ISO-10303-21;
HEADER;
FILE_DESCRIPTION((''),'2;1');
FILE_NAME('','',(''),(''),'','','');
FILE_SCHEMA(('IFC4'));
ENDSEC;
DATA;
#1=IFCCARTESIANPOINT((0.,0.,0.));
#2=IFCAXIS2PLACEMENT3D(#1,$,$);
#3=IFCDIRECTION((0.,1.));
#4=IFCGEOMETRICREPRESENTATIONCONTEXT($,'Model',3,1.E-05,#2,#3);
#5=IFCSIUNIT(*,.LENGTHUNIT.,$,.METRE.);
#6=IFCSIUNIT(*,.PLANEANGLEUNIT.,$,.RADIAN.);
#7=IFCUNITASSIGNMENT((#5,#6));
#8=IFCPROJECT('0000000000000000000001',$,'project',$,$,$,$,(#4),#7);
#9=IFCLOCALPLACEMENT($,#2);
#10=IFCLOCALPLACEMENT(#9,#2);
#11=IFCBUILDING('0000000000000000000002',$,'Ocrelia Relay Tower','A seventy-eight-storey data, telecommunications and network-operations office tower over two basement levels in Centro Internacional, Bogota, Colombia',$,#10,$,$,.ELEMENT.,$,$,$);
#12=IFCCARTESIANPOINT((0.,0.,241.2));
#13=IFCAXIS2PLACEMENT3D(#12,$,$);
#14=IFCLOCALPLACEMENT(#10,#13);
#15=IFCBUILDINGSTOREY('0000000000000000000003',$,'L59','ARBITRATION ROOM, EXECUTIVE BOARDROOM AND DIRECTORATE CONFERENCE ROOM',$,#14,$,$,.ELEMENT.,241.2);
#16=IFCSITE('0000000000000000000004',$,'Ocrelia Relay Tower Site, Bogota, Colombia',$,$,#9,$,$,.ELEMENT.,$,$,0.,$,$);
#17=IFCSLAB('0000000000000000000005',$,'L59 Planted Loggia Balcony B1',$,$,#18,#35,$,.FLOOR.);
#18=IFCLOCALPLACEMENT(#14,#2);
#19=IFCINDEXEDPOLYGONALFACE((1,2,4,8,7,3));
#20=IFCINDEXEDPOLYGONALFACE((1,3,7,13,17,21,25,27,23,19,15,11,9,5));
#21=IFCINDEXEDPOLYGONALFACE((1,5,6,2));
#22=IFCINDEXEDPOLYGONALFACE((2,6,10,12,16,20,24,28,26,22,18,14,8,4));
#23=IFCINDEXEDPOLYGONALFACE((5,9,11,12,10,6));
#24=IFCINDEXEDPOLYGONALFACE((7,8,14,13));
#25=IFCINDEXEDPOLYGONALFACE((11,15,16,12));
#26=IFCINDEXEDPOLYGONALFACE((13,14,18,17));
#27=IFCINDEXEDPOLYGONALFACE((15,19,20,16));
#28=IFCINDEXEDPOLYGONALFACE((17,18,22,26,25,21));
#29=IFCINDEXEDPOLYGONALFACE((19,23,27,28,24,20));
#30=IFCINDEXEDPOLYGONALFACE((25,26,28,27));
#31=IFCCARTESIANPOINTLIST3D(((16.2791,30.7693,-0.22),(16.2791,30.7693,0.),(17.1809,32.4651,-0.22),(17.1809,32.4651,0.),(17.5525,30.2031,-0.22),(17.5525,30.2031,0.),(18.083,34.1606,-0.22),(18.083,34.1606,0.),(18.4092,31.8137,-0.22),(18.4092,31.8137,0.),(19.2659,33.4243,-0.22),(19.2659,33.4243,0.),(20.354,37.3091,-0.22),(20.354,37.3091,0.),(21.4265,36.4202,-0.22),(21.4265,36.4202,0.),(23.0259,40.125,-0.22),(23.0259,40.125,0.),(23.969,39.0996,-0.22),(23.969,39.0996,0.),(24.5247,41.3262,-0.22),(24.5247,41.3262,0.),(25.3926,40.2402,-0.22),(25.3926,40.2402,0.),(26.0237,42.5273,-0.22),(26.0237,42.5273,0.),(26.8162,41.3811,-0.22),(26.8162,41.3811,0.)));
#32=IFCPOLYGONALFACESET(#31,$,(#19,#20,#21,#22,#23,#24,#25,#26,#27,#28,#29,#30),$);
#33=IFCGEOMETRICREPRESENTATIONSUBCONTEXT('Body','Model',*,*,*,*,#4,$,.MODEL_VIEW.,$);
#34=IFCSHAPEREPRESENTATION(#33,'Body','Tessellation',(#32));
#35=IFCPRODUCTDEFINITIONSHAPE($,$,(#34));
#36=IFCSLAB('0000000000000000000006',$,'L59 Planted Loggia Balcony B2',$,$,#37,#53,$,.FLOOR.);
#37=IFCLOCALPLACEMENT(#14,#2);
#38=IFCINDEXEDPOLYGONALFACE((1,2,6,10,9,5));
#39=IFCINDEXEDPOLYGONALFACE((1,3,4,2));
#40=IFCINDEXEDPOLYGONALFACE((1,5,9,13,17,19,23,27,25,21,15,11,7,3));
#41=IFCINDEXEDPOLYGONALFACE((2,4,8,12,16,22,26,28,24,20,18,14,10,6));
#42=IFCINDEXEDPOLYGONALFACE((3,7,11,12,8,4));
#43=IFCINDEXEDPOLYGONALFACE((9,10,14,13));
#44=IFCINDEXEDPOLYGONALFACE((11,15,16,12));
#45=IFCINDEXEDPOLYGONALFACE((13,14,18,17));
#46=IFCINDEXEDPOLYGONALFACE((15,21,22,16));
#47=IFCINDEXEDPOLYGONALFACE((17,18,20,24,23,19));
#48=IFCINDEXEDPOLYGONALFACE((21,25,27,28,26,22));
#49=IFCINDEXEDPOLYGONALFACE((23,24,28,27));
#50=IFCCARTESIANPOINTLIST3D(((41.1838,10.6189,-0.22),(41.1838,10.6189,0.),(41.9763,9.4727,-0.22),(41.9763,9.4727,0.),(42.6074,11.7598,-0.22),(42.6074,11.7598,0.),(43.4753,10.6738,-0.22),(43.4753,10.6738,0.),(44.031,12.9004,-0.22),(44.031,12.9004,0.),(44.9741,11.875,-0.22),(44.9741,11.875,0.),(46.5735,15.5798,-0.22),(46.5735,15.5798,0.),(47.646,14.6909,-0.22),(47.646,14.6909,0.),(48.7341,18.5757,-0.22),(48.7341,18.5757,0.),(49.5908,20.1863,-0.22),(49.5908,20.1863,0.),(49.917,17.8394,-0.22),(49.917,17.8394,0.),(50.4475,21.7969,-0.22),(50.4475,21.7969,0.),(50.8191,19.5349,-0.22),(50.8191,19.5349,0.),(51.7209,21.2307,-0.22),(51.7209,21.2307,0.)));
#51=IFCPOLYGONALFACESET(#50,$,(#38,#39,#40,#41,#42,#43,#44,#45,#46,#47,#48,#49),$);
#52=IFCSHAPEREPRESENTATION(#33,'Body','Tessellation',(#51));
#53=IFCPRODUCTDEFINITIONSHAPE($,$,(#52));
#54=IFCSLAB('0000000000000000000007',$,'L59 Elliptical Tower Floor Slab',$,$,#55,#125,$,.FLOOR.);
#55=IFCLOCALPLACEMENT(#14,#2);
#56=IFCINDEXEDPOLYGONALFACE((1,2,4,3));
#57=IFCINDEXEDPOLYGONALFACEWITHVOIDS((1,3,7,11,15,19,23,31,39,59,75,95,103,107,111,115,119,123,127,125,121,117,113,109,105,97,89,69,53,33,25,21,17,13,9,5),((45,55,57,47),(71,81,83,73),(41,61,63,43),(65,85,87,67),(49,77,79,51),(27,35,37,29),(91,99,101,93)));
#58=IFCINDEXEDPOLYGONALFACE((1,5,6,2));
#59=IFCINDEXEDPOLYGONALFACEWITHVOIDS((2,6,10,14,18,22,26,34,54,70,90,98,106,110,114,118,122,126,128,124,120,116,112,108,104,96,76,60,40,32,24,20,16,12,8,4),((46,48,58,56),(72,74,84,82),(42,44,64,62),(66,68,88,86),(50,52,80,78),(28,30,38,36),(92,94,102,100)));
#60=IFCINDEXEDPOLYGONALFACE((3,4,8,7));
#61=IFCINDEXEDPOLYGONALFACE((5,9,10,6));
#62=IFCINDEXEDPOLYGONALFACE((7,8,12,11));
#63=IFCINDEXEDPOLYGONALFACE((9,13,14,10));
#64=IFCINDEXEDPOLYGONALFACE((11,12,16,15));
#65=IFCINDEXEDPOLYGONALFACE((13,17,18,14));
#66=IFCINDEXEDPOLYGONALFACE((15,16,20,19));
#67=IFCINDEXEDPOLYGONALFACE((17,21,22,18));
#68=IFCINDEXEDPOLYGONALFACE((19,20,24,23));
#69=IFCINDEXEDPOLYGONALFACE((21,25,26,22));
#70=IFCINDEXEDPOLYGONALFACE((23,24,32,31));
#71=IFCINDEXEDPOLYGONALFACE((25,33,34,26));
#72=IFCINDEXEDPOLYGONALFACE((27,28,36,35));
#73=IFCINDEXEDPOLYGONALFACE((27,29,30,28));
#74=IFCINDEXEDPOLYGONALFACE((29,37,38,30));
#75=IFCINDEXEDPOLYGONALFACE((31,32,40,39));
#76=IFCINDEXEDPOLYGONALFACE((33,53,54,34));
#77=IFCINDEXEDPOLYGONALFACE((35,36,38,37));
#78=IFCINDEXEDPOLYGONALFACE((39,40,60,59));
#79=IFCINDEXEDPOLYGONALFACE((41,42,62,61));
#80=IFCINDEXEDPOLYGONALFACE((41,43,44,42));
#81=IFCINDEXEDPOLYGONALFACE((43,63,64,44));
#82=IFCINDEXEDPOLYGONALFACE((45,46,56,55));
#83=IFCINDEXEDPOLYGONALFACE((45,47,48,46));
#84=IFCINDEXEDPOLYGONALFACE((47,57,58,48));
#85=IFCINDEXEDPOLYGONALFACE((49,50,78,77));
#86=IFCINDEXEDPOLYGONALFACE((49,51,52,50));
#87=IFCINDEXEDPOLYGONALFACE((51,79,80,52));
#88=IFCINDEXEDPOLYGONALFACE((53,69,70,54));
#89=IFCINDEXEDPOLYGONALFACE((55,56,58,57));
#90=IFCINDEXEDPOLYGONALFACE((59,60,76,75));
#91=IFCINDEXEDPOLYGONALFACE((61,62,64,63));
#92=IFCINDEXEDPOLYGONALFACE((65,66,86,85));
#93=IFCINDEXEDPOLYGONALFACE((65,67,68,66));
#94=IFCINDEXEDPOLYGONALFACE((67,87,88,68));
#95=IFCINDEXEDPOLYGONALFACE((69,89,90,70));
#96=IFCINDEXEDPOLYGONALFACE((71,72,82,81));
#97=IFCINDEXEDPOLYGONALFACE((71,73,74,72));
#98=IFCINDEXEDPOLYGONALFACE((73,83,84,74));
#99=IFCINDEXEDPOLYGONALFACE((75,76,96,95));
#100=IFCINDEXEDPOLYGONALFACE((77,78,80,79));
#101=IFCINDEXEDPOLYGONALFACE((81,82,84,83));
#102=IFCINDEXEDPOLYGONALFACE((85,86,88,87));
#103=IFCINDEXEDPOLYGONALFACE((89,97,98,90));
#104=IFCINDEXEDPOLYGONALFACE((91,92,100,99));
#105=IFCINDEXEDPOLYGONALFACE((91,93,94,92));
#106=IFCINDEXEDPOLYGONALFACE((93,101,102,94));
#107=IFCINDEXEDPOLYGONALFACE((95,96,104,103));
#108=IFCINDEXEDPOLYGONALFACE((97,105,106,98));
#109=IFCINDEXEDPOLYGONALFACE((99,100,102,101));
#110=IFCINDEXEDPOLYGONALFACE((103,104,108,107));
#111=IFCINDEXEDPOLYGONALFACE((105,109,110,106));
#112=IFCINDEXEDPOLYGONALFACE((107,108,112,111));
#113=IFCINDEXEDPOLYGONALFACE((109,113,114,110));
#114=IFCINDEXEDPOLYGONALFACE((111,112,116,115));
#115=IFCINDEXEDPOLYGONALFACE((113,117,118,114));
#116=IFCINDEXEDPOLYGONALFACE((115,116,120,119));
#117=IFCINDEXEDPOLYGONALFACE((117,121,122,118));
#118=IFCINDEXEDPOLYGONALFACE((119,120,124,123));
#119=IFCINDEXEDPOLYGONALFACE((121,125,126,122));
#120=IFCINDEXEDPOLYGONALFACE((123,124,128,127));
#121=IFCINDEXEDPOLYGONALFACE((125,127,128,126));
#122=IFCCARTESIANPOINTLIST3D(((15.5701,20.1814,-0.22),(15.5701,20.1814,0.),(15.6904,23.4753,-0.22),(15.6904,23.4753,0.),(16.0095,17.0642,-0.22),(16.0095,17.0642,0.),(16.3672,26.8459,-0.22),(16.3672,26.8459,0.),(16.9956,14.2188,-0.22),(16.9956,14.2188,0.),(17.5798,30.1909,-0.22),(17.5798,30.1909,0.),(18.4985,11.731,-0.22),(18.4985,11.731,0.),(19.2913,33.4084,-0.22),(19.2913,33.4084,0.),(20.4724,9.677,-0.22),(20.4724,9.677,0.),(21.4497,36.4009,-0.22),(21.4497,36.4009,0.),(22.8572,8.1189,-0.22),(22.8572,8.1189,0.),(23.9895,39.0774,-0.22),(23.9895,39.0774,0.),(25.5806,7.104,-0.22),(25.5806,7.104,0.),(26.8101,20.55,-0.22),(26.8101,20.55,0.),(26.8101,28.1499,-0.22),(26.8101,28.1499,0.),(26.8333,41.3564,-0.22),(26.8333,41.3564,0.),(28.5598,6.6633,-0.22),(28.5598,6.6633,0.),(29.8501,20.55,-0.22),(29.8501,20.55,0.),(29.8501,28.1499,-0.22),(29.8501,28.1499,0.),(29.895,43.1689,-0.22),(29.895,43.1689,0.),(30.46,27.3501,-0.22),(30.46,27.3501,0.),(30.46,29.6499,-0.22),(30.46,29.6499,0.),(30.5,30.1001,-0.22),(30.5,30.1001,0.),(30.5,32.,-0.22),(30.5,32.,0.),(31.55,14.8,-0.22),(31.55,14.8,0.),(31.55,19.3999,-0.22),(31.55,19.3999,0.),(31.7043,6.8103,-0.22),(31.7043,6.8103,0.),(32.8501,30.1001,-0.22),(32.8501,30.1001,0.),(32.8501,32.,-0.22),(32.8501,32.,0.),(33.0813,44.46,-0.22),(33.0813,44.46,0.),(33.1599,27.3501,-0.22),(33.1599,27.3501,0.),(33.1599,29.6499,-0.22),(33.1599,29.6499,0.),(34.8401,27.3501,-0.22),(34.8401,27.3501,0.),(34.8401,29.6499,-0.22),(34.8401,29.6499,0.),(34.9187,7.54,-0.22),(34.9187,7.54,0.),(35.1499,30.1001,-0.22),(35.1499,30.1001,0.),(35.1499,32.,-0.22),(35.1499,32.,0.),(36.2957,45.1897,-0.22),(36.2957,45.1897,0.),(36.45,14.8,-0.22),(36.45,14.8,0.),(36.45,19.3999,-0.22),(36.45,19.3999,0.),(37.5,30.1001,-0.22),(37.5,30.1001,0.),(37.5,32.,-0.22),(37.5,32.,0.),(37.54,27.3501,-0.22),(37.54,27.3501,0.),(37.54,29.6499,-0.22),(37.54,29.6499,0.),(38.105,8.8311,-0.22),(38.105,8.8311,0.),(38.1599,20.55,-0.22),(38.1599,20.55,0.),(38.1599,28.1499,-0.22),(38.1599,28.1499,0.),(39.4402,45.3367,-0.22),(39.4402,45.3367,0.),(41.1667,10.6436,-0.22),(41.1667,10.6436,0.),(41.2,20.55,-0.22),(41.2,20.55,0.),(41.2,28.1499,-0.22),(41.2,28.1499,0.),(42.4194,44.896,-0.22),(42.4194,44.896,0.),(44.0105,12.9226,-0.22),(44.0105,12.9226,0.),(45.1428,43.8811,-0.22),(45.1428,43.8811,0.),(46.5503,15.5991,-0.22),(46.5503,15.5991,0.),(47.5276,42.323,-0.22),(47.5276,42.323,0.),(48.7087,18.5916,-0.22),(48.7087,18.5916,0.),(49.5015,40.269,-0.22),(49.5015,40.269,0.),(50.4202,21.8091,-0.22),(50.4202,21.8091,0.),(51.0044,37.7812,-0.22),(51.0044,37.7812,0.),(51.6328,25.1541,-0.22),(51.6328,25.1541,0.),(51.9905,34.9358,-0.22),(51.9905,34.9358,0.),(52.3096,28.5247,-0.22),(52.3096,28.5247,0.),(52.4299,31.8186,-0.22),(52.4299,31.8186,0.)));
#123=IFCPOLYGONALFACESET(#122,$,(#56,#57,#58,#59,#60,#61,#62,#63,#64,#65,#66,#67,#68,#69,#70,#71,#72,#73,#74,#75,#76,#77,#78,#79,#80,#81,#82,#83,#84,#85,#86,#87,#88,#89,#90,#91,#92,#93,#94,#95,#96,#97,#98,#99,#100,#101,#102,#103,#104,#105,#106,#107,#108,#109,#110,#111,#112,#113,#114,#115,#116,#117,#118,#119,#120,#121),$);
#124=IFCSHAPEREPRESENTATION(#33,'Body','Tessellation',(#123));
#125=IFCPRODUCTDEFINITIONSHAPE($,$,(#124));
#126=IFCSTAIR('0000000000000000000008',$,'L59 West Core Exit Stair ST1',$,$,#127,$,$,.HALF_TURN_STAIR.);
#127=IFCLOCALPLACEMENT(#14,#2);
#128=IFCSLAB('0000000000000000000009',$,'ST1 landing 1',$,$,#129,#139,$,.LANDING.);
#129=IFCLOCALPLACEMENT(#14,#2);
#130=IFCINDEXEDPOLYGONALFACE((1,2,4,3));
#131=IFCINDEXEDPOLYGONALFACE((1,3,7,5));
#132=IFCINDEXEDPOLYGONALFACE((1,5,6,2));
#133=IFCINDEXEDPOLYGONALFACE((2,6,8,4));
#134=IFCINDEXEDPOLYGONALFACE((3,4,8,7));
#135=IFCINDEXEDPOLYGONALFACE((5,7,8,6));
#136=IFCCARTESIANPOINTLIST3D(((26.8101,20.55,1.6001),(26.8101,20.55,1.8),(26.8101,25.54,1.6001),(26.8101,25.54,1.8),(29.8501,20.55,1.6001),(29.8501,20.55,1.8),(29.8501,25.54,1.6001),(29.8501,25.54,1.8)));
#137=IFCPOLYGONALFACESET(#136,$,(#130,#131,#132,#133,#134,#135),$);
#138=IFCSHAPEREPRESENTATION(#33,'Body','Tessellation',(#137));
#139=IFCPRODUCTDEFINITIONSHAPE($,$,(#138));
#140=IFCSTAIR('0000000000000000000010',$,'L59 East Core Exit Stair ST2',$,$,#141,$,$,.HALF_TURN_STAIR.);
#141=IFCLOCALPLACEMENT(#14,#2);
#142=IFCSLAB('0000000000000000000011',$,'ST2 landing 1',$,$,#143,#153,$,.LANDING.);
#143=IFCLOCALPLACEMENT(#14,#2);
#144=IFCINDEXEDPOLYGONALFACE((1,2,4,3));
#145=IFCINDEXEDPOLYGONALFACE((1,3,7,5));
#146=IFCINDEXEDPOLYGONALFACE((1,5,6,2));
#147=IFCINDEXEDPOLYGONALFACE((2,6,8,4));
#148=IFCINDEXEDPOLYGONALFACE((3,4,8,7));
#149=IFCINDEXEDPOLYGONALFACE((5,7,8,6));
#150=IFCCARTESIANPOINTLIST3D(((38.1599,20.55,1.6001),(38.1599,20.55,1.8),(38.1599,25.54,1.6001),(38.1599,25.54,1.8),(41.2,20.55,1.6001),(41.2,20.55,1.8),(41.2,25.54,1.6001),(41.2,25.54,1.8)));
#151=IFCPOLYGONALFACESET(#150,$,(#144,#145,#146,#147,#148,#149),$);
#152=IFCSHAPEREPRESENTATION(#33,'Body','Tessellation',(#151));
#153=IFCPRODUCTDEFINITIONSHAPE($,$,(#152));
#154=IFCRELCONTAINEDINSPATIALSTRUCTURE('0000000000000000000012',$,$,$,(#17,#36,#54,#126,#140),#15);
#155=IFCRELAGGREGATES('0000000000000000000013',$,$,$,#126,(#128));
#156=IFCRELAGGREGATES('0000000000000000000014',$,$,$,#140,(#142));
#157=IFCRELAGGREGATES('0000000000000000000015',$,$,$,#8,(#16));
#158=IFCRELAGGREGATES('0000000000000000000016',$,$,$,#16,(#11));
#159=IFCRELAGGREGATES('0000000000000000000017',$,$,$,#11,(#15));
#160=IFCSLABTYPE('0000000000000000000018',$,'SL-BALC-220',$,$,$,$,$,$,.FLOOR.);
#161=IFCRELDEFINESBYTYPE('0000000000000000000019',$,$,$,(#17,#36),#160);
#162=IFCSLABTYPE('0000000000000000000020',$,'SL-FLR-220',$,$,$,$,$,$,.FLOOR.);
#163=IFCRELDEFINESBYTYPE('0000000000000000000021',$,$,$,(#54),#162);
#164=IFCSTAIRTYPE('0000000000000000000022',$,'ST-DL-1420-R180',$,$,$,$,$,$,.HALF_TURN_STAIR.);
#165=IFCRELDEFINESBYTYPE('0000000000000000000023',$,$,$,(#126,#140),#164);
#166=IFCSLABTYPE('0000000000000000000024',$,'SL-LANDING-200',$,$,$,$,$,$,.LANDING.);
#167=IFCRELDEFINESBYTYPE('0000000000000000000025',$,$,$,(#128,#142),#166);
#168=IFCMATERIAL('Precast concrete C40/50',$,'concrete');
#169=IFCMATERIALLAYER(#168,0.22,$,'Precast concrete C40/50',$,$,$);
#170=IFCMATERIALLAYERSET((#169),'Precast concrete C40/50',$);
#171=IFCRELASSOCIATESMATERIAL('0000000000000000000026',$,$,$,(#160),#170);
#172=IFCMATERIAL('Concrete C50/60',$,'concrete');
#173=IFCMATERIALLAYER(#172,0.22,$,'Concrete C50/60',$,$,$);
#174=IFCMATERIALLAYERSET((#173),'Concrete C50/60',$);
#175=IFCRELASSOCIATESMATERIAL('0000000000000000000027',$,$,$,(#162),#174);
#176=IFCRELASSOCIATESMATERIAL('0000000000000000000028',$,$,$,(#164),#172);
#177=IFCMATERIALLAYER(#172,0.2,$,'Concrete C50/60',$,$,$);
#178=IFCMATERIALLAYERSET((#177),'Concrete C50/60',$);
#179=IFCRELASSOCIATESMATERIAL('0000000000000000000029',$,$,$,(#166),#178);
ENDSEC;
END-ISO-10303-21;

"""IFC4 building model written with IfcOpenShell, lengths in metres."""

from ifc_helpers import new_model, si_unit, direction, frame, origin, place, context, subcontext, project, spatial, polyline, outline, extrude, material, layer, layer_set, type_object, element, aggregate, save


model = new_model("IFC4")

# Units and contexts
model_context = context("Model", 3, precision=1e-05, world=origin(), true_north=direction((0.0, 1.0)))
body_context = subcontext(model_context, "Body", "Model", "MODEL_VIEW")
ifc_project = project(units=[si_unit("LENGTHUNIT", "METRE"), si_unit("PLANEANGLEUNIT", "RADIAN")], contexts=[model_context])

# Site, building, storey
site_placement = place(None, origin())
site = spatial("IfcSite", under=ifc_project, at=site_placement, Name="Ocrelia Relay Tower Site, Bogota, Colombia", CompositionType="ELEMENT", RefElevation=0.0)
building_placement = place(site_placement, origin())
building = spatial("IfcBuilding", under=site, at=building_placement, Name="Ocrelia Relay Tower", Description="A seventy-eight-storey data, telecommunications and network-operations office tower over two basement levels in Centro Internacional, Bogota, Colombia", CompositionType="ELEMENT")
storey_placement = place(building_placement, frame((0.0, 0.0, 241.2)))
storey = spatial("IfcBuildingStorey", under=building, at=storey_placement, Name="L59", Description="ARBITRATION ROOM, EXECUTIVE BOARDROOM AND DIRECTORATE CONFERENCE ROOM", CompositionType="ELEMENT", Elevation=241.2)

# Shared definitions
ifc_material_1 = material(Name="Concrete C50/60", Category="concrete")

# Slabs
ifc_material_2 = material(Name="Precast concrete C40/50", Category="concrete")
ifc_layer_1 = layer(ifc_material_2, 0.22, Name="Precast concrete C40/50")
ifc_layer_set_1 = layer_set([ifc_layer_1], Name="Precast concrete C40/50")
slab_type_1 = type_object("IfcSlabType", Name="SL-BALC-220", PredefinedType="FLOOR", material=ifc_layer_set_1)
slab_1_placement = place(storey_placement, frame((0.0, 0.0, -0.22)))
element("IfcSlab", 1, at=slab_1_placement, inside=storey, type_object=slab_type_1, Name="L59 Planted Loggia Balcony B1", PredefinedType="FLOOR", context=body_context, shape_type="SweptSolid", body=[
    extrude(outline(polyline([(26.8162, 41.3811), (25.3926, 40.2402), (23.969, 39.0996), (21.4265, 36.4202), (19.2659, 33.4243), (18.4092, 31.8137), (17.5525, 30.2031), (16.2791, 30.7693), (17.1809, 32.4651), (18.083, 34.1606), (20.354, 37.3091), (23.0259, 40.125), (24.5247, 41.3262), (26.0237, 42.5273), (26.8162, 41.3811)])), origin(), (0.0, 0.0, 1.0), 0.22),
])
slab_2_placement = place(storey_placement, frame((0.0, 0.0, -0.22)))
element("IfcSlab", 2, at=slab_2_placement, inside=storey, type_object=slab_type_1, Name="L59 Planted Loggia Balcony B2", PredefinedType="FLOOR", context=body_context, shape_type="SweptSolid", body=[
    extrude(outline(polyline([(41.1838, 10.6189), (42.6074, 11.7598), (44.031, 12.9004), (46.5735, 15.5798), (48.7341, 18.5757), (49.5908, 20.1863), (50.4475, 21.7969), (51.7209, 21.2307), (50.8191, 19.5349), (49.917, 17.8394), (47.646, 14.6909), (44.9741, 11.875), (43.4753, 10.6738), (41.9763, 9.4727), (41.1838, 10.6189)])), origin(), (0.0, 0.0, 1.0), 0.22),
])
ifc_layer_2 = layer(ifc_material_1, 0.22, Name="Concrete C50/60")
ifc_layer_set_2 = layer_set([ifc_layer_2], Name="Concrete C50/60")
slab_type_2 = type_object("IfcSlabType", Name="SL-FLR-220", PredefinedType="FLOOR", material=ifc_layer_set_2)
slab_3_placement = place(storey_placement, frame((0.0, 0.0, -0.22)))
element("IfcSlab", 3, at=slab_3_placement, inside=storey, type_object=slab_type_2, Name="L59 Elliptical Tower Floor Slab", PredefinedType="FLOOR", context=body_context, shape_type="SweptSolid", body=[
    extrude(outline(polyline([(47.5276, 42.323), (45.1428, 43.8811), (42.4194, 44.896), (39.4402, 45.3367), (36.2957, 45.1897), (33.0813, 44.46), (29.895, 43.1689), (26.8333, 41.3564), (23.9895, 39.0774), (21.4497, 36.4009), (19.2913, 33.4084), (17.5798, 30.1909), (16.3672, 26.8459), (15.6904, 23.4753), (15.5701, 20.1814), (16.0095, 17.0642), (16.9956, 14.2188), (18.4985, 11.731), (20.4724, 9.677), (22.8572, 8.1189), (25.5806, 7.104), (28.5598, 6.6633), (31.7043, 6.8103), (34.9187, 7.54), (38.105, 8.8311), (41.1667, 10.6436), (44.0105, 12.9226), (46.5503, 15.5991), (48.7087, 18.5916), (50.4202, 21.8091), (51.6328, 25.1541), (52.3096, 28.5247), (52.4299, 31.8186), (51.9905, 34.9358), (51.0044, 37.7812), (49.5015, 40.269), (47.5276, 42.323)]), holes=[polyline([(26.8101, 28.1499), (26.8101, 20.55), (29.8501, 20.55), (29.8501, 28.1499), (26.8101, 28.1499)]), polyline([(38.1599, 28.1499), (38.1599, 20.55), (41.2, 20.55), (41.2, 28.1499), (38.1599, 28.1499)]), polyline([(30.46, 27.3501), (33.1599, 27.3501), (33.1599, 29.6499), (30.46, 29.6499), (30.46, 27.3501)]), polyline([(34.8401, 27.3501), (37.54, 27.3501), (37.54, 29.6499), (34.8401, 29.6499), (34.8401, 27.3501)]), polyline([(30.5, 30.1001), (32.8501, 30.1001), (32.8501, 32.0), (30.5, 32.0), (30.5, 30.1001)]), polyline([(35.1499, 30.1001), (37.5, 30.1001), (37.5, 32.0), (35.1499, 32.0), (35.1499, 30.1001)]), polyline([(31.55, 14.8), (36.45, 14.8), (36.45, 19.3999), (31.55, 19.3999), (31.55, 14.8)])]), origin(), (0.0, 0.0, 1.0), 0.22),
])

# Stairs, slabs
stair_type = type_object("IfcStairType", Name="ST-DL-1420-R180", PredefinedType="HALF_TURN_STAIR", material=ifc_material_1)
stair_1_placement = place(storey_placement, origin())
stair_1 = element("IfcStair", 4, at=stair_1_placement, inside=storey, type_object=stair_type, Name="L59 West Core Exit Stair ST1", PredefinedType="HALF_TURN_STAIR")
ifc_layer_3 = layer(ifc_material_1, 0.2, Name="Concrete C50/60")
ifc_layer_set_3 = layer_set([ifc_layer_3], Name="Concrete C50/60")
slab_type_3 = type_object("IfcSlabType", Name="SL-LANDING-200", PredefinedType="LANDING", material=ifc_layer_set_3)
slab_4_placement = place(storey_placement, frame((0.0, 0.0, 1.6001)))
slab_4 = element("IfcSlab", 5, at=slab_4_placement, type_object=slab_type_3, Name="ST1 landing 1", PredefinedType="LANDING", context=body_context, shape_type="SweptSolid", body=[
    extrude(outline(polyline([(26.8101, 25.54), (26.8101, 20.55), (29.8501, 20.55), (29.8501, 25.54), (26.8101, 25.54)])), origin(), (0.0, 0.0, 1.0), 0.2),
])
aggregate(stair_1, [slab_4])
stair_2_placement = place(storey_placement, origin())
stair_2 = element("IfcStair", 6, at=stair_2_placement, inside=storey, type_object=stair_type, Name="L59 East Core Exit Stair ST2", PredefinedType="HALF_TURN_STAIR")
slab_5_placement = place(storey_placement, frame((0.0, 0.0, 1.6001)))
slab_5 = element("IfcSlab", 7, at=slab_5_placement, type_object=slab_type_3, Name="ST2 landing 1", PredefinedType="LANDING", context=body_context, shape_type="SweptSolid", body=[
    extrude(outline(polyline([(38.1599, 25.54), (38.1599, 20.55), (41.2, 20.55), (41.2, 25.54), (38.1599, 25.54)])), origin(), (0.0, 0.0, 1.0), 0.2),
])
aggregate(stair_2, [slab_5])

save(model, "model.ifc")
